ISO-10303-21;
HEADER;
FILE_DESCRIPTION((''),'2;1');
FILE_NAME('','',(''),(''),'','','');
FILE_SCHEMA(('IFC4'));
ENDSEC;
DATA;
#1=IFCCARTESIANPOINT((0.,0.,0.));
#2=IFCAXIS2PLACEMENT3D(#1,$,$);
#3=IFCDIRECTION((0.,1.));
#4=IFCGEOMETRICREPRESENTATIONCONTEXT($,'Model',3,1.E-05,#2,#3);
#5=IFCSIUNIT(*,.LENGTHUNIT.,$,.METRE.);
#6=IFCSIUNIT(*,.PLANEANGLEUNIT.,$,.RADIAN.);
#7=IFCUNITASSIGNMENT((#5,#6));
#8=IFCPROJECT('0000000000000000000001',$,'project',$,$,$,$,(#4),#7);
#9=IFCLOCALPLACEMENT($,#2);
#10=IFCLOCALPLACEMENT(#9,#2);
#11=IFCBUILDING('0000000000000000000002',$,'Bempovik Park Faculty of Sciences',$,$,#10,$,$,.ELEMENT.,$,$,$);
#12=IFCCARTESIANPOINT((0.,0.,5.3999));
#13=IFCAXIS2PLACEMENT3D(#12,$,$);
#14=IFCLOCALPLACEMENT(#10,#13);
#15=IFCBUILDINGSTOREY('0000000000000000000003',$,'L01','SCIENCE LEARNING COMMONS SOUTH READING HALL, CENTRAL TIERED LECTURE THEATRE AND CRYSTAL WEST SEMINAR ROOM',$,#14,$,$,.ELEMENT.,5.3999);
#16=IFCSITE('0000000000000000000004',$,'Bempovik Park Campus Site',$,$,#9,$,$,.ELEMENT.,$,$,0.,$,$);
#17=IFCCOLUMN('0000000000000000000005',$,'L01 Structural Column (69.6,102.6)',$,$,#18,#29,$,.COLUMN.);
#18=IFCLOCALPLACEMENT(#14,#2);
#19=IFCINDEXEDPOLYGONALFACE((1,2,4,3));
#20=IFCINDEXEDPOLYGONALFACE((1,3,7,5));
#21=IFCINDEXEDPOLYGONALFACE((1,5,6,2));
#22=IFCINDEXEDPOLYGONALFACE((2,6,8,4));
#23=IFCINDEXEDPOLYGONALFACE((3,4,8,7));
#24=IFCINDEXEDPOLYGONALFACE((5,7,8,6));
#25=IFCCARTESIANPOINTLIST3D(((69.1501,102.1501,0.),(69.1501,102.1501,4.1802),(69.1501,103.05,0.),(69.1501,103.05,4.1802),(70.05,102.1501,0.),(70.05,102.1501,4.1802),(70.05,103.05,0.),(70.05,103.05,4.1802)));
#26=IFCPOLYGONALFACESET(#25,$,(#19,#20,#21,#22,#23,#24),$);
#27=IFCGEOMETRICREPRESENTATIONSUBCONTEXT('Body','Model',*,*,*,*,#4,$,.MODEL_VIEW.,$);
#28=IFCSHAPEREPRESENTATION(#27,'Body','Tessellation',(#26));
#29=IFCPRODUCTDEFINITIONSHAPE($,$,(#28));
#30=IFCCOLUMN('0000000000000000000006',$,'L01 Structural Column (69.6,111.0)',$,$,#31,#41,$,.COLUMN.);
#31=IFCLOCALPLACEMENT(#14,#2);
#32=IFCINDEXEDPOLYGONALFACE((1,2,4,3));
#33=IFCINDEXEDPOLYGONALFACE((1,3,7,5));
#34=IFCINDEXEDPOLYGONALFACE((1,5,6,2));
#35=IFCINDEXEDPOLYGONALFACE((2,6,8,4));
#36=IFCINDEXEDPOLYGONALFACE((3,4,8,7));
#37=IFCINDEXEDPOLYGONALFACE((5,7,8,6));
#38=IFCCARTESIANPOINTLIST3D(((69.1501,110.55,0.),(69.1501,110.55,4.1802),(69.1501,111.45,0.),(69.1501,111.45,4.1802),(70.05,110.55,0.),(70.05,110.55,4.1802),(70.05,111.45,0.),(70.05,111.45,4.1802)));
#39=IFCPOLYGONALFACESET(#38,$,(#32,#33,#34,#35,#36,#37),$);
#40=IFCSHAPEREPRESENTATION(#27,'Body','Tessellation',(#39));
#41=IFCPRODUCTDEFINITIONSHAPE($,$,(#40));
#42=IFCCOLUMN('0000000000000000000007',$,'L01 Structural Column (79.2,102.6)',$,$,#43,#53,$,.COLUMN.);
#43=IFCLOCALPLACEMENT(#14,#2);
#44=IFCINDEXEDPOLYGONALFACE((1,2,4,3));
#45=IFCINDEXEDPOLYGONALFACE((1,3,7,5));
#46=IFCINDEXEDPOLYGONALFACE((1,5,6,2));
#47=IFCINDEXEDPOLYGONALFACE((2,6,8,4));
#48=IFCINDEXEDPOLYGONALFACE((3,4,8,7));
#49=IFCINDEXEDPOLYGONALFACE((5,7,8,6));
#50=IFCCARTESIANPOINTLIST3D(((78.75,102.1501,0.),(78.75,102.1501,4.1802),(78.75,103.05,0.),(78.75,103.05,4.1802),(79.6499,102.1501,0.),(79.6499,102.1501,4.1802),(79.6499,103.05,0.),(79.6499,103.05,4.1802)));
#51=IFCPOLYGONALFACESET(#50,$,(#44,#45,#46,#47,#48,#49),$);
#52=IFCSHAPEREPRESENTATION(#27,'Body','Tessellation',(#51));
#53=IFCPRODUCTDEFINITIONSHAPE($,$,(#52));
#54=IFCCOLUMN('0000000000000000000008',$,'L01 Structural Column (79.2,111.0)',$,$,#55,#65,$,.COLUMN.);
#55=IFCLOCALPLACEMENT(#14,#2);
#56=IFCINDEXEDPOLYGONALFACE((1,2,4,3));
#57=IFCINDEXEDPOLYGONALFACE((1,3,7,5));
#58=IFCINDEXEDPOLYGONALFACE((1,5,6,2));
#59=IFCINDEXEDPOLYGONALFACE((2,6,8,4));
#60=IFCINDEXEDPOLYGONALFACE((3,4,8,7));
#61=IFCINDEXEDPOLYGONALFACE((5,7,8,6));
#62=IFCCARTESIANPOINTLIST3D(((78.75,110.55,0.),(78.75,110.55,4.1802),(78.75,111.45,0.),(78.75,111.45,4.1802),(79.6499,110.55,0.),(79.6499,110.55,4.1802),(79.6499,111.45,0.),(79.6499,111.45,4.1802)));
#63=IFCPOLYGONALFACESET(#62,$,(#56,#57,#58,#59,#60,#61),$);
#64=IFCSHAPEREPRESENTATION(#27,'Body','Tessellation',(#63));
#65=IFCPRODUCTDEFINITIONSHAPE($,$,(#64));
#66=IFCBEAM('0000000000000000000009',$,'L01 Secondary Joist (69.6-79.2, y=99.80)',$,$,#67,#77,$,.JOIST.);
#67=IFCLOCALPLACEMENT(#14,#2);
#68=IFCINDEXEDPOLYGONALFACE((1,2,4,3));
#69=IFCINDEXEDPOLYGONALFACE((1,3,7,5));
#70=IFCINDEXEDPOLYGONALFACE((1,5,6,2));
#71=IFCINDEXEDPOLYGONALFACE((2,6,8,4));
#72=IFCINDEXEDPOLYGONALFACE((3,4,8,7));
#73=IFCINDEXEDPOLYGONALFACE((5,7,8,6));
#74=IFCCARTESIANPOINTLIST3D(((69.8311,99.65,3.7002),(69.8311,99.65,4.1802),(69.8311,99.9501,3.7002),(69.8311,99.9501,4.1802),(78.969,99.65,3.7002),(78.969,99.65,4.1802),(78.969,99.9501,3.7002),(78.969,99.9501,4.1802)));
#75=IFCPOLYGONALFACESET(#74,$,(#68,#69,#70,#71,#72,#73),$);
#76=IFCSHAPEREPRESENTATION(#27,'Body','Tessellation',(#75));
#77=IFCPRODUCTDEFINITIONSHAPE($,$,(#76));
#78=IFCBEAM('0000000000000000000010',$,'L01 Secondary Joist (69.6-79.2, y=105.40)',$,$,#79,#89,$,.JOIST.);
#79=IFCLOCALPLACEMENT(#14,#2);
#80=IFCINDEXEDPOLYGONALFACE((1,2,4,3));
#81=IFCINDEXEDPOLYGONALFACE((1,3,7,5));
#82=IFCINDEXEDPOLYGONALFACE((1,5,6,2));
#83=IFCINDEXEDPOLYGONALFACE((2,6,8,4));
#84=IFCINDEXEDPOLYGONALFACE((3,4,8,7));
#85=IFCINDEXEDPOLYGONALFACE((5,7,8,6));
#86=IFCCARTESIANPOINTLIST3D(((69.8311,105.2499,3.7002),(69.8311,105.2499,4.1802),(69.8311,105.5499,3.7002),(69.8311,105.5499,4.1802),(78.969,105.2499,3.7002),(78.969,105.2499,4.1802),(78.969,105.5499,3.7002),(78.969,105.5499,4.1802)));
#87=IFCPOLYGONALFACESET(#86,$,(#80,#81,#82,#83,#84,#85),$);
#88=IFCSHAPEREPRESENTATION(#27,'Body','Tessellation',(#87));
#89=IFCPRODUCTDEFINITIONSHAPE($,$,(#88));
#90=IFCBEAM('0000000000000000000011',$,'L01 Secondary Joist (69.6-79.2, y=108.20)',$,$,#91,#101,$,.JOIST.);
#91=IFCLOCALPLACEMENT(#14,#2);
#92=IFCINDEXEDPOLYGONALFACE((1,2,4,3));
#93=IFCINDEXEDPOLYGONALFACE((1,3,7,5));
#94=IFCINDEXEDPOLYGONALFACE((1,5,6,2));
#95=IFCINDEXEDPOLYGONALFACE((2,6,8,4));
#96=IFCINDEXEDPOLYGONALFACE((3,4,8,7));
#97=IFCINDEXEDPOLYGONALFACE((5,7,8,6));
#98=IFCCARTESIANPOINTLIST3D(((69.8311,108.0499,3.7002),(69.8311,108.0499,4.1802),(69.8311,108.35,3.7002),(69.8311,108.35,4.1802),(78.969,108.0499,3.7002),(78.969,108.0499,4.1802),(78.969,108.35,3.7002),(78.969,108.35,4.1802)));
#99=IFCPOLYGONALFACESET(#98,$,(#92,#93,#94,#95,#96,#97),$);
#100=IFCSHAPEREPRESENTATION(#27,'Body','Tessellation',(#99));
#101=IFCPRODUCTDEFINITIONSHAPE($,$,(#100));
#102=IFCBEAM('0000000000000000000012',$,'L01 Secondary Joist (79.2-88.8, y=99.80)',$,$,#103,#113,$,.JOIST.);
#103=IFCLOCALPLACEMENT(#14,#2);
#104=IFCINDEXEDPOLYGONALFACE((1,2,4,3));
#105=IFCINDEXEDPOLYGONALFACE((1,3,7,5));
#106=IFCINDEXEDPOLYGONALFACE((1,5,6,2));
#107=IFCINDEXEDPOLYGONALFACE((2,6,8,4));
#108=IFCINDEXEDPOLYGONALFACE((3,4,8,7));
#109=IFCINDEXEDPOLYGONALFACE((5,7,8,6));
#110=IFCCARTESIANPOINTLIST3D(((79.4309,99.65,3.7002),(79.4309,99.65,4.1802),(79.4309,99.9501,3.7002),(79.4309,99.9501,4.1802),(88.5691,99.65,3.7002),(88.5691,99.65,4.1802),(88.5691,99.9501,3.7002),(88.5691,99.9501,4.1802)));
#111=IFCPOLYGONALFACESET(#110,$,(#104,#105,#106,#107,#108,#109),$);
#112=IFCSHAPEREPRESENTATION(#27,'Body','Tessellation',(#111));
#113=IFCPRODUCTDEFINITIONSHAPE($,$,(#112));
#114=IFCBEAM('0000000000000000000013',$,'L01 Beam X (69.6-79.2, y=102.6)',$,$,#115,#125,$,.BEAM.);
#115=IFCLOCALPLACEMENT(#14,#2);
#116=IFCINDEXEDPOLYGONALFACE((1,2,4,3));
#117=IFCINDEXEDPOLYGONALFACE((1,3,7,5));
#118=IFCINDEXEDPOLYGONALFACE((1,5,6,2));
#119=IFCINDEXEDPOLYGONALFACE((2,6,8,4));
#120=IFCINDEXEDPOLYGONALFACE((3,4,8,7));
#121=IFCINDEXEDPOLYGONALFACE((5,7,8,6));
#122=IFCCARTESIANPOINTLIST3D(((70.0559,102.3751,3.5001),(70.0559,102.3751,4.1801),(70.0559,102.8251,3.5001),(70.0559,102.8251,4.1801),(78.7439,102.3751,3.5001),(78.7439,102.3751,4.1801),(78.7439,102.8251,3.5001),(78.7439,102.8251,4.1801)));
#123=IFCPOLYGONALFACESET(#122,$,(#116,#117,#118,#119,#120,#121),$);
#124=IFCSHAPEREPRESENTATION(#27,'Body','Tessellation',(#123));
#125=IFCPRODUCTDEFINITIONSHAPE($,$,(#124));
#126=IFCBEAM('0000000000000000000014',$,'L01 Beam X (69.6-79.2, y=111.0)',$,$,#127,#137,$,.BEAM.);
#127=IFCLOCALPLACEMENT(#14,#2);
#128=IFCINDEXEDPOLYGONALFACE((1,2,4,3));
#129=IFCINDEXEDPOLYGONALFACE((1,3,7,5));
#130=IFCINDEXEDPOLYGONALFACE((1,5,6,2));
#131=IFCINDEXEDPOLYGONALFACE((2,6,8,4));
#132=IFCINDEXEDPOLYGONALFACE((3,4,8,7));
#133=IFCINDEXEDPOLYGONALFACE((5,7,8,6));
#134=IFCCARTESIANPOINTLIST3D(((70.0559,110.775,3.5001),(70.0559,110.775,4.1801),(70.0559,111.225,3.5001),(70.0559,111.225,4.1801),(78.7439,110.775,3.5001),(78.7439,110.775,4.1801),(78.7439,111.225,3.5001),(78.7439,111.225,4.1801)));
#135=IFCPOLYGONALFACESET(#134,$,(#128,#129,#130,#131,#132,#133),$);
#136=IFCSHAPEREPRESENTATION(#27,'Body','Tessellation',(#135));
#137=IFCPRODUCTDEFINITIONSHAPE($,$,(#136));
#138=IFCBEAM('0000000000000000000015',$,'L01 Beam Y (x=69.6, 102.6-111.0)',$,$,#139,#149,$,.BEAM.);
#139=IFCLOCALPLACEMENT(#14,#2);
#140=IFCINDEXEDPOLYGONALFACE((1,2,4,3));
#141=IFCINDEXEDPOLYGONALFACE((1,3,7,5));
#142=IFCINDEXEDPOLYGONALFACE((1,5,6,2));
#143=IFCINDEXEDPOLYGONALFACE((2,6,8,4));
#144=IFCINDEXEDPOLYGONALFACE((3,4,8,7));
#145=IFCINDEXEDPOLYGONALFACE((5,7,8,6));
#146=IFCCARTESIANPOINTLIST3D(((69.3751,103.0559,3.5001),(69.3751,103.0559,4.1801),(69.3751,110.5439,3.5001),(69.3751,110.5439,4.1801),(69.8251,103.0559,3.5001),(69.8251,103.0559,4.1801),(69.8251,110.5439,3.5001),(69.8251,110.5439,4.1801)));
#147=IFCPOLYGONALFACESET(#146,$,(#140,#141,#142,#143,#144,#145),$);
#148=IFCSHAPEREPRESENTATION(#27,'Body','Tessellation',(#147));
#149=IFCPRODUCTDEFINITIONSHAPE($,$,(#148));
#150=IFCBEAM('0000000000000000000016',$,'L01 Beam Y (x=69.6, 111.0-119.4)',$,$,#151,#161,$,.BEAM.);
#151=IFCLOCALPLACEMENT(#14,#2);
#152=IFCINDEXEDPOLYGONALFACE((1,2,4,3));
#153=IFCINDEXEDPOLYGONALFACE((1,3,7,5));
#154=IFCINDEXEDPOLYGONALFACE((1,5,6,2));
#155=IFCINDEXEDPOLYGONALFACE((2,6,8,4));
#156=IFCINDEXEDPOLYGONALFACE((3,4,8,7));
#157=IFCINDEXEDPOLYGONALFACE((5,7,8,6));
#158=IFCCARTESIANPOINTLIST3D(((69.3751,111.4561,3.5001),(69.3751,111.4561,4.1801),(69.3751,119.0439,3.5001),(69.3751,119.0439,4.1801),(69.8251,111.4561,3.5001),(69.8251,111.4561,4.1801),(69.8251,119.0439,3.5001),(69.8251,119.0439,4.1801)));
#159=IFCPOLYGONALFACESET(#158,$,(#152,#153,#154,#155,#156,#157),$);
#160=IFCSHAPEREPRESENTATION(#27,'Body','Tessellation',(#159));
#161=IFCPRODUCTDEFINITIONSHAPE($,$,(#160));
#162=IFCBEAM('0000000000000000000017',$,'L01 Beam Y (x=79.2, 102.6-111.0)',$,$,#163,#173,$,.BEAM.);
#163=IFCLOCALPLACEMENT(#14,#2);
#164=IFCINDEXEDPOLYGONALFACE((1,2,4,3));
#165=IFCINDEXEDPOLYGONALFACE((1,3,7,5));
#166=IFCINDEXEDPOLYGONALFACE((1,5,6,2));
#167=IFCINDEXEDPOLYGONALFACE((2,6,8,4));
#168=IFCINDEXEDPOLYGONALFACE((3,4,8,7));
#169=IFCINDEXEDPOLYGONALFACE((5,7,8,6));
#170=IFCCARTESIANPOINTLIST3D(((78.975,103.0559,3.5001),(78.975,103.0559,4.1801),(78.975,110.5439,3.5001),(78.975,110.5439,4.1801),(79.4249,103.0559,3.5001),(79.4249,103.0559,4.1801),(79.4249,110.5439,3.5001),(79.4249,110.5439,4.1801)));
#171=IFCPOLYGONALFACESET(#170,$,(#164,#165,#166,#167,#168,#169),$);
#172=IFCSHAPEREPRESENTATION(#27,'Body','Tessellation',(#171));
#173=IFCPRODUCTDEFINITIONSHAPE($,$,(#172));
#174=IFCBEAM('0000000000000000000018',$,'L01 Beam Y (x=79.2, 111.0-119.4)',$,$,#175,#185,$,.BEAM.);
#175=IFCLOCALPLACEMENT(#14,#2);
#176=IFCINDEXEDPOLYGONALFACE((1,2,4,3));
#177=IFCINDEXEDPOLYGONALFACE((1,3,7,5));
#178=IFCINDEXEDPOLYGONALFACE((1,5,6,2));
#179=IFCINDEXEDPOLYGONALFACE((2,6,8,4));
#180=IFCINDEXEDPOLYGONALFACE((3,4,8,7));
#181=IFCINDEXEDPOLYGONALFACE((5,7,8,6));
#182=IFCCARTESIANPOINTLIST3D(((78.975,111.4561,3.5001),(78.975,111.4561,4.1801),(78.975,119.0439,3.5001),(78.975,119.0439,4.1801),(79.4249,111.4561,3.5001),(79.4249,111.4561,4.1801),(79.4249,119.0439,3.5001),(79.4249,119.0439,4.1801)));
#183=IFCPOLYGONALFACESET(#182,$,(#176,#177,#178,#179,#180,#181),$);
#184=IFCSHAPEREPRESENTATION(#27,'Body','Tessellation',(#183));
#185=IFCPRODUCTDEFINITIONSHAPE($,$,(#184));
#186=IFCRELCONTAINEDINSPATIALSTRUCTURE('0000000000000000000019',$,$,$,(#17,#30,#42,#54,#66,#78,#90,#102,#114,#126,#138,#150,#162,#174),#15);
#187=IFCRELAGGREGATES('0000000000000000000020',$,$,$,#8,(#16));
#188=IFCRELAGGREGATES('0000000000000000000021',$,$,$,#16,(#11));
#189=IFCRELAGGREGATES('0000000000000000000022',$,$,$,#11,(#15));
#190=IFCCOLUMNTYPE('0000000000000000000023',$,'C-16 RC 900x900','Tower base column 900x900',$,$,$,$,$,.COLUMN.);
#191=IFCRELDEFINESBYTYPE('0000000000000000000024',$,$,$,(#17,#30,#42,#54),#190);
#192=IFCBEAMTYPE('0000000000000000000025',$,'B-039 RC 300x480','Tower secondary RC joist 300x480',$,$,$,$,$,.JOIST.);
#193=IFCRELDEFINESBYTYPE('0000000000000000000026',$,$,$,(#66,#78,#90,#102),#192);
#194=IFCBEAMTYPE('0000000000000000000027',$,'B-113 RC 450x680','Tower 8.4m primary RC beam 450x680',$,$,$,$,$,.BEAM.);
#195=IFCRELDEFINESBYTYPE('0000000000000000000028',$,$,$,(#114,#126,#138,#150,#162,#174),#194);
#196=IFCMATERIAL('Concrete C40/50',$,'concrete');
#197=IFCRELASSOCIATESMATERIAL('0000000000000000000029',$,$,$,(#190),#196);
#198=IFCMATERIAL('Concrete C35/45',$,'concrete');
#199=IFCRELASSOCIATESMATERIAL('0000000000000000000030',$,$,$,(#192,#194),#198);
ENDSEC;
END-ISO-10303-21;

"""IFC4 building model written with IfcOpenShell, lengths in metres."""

from ifc_helpers import new_model, si_unit, direction, frame, origin, origin_2d, place, context, subcontext, project, spatial, rectangle, extrude, material, material_profile, profile_set, type_object, element, save


model = new_model("IFC4")

# Units and contexts
model_context = context("Model", 3, precision=1e-05, world=origin(), true_north=direction((0.0, 1.0)))
body_context = subcontext(model_context, "Body", "Model", "MODEL_VIEW")
ifc_project = project(units=[si_unit("LENGTHUNIT", "METRE"), si_unit("PLANEANGLEUNIT", "RADIAN")], contexts=[model_context])

# Site, building, storey
site_placement = place(None, origin())
site = spatial("IfcSite", under=ifc_project, at=site_placement, Name="Bempovik Park Campus Site", CompositionType="ELEMENT", RefElevation=0.0)
building_placement = place(site_placement, origin())
building = spatial("IfcBuilding", under=site, at=building_placement, Name="Bempovik Park Faculty of Sciences", CompositionType="ELEMENT")
storey_placement = place(building_placement, frame((0.0, 0.0, 5.3999)))
storey = spatial("IfcBuildingStorey", under=building, at=storey_placement, Name="L01", Description="SCIENCE LEARNING COMMONS SOUTH READING HALL, CENTRAL TIERED LECTURE THEATRE AND CRYSTAL WEST SEMINAR ROOM", CompositionType="ELEMENT", Elevation=5.3999)

# Columns
ifc_material_1 = material(Name="Concrete C40/50", Category="concrete")
ifc_material_profile_1 = material_profile(ifc_material_1, rectangle(XDim=0.8999, YDim=0.8999, at=origin_2d()), Name="RC 900x900")
ifc_profile_set_1 = profile_set([ifc_material_profile_1], Name="Concrete C40/50")
column_type = type_object("IfcColumnType", Name="C-16 RC 900x900", Description="Tower base column 900x900", PredefinedType="COLUMN", material=ifc_profile_set_1)
for number, where, z_axis, x_axis, name in (
    (1, (69.6001, 102.6001, 0.0), (0.0, 0.0, 1.0), (1.0, 0.0, 0.0), "L01 Structural Column (69.6,102.6)"),
    (2, (69.6001, 111.0, 0.0), (0.0, 0.0, 1.0), (1.0, 0.0, 0.0), "L01 Structural Column (69.6,111.0)"),
    (3, (79.2, 102.6001, 0.0), (0.0, 0.0, 1.0), (1.0, 0.0, 0.0), "L01 Structural Column (79.2,102.6)"),
    (4, (79.2, 111.0, 0.0), (0.0, 0.0, 1.0), (1.0, 0.0, 0.0), "L01 Structural Column (79.2,111.0)"),
):
    element("IfcColumn", number, at=place(storey_placement, frame(where, z_axis=z_axis, x_axis=x_axis)), inside=storey, type_object=column_type, Name=name, PredefinedType="COLUMN", context=body_context, shape_type="SweptSolid", body=[
        extrude(rectangle(XDim=0.8999, YDim=0.8999, at=origin_2d()), origin(), (0.0, 0.0, 1.0), 4.1802),
    ])

# Beams
ifc_material_2 = material(Name="Concrete C35/45", Category="concrete")
ifc_material_profile_2 = material_profile(ifc_material_2, rectangle(XDim=0.3, YDim=0.48, at=origin_2d()), Name="RC 300x480")
ifc_profile_set_2 = profile_set([ifc_material_profile_2], Name="Concrete C35/45")
beam_type_1 = type_object("IfcBeamType", Name="B-039 RC 300x480", Description="Tower secondary RC joist 300x480", PredefinedType="JOIST", material=ifc_profile_set_2)
for number, where, z_axis, x_axis, name in (
    (5, (69.8311, 99.8, 3.9402), (1.0, 0.0, 0.0), (0.0, 1.0, 0.0), "L01 Secondary Joist (69.6-79.2, y=99.80)"),
    (6, (69.8311, 105.3999, 3.9402), (1.0, 0.0, 0.0), (0.0, 1.0, 0.0), "L01 Secondary Joist (69.6-79.2, y=105.40)"),
    (7, (69.8311, 108.2, 3.9402), (1.0, 0.0, 0.0), (0.0, 1.0, 0.0), "L01 Secondary Joist (69.6-79.2, y=108.20)"),
):
    element("IfcBeam", number, at=place(storey_placement, frame(where, z_axis=z_axis, x_axis=x_axis)), inside=storey, type_object=beam_type_1, Name=name, PredefinedType="JOIST", context=body_context, shape_type="SweptSolid", body=[
        extrude(rectangle(XDim=0.3, YDim=0.48, at=origin_2d()), origin(), (0.0, 0.0, 1.0), 9.1379),
    ])
beam_1_placement = place(storey_placement, frame((79.4309, 99.8, 3.9402), z_axis=(1.0, 0.0, 0.0), x_axis=(0.0, 1.0, 0.0)))
element("IfcBeam", 8, at=beam_1_placement, inside=storey, type_object=beam_type_1, Name="L01 Secondary Joist (79.2-88.8, y=99.80)", PredefinedType="JOIST", context=body_context, shape_type="SweptSolid", body=[
    extrude(rectangle(XDim=0.3, YDim=0.48, at=origin_2d()), origin(), (0.0, 0.0, 1.0), 9.1382),
])
ifc_material_profile_3 = material_profile(ifc_material_2, rectangle(XDim=0.45, YDim=0.6799, at=origin_2d()), Name="RC 450x680")
ifc_profile_set_3 = profile_set([ifc_material_profile_3], Name="Concrete C35/45")
beam_type_2 = type_object("IfcBeamType", Name="B-113 RC 450x680", Description="Tower 8.4m primary RC beam 450x680", PredefinedType="BEAM", material=ifc_profile_set_3)
for number, where, z_axis, x_axis, name in (
    (9, (70.0559, 102.6001, 3.8401), (1.0, 0.0, 0.0), (0.0, 1.0, 0.0), "L01 Beam X (69.6-79.2, y=102.6)"),
    (10, (70.0559, 111.0, 3.8401), (1.0, 0.0, 0.0), (0.0, 1.0, 0.0), "L01 Beam X (69.6-79.2, y=111.0)"),
):
    element("IfcBeam", number, at=place(storey_placement, frame(where, z_axis=z_axis, x_axis=x_axis)), inside=storey, type_object=beam_type_2, Name=name, PredefinedType="BEAM", context=body_context, shape_type="SweptSolid", body=[
        extrude(rectangle(XDim=0.45, YDim=0.6799, at=origin_2d()), origin(), (0.0, 0.0, 1.0), 8.688),
    ])
beam_2_placement = place(storey_placement, frame((69.6001, 103.0559, 3.8401), z_axis=(0.0, 1.0, 0.0), x_axis=(-1.0, 0.0, 0.0)))
element("IfcBeam", 11, at=beam_2_placement, inside=storey, type_object=beam_type_2, Name="L01 Beam Y (x=69.6, 102.6-111.0)", PredefinedType="BEAM", context=body_context, shape_type="SweptSolid", body=[
    extrude(rectangle(XDim=0.45, YDim=0.6799, at=origin_2d()), origin(), (0.0, 0.0, 1.0), 7.488),
])
beam_3_placement = place(storey_placement, frame((69.6001, 111.4561, 3.8401), z_axis=(0.0, 1.0, 0.0), x_axis=(-1.0, 0.0, 0.0)))
element("IfcBeam", 12, at=beam_3_placement, inside=storey, type_object=beam_type_2, Name="L01 Beam Y (x=69.6, 111.0-119.4)", PredefinedType="BEAM", context=body_context, shape_type="SweptSolid", body=[
    extrude(rectangle(XDim=0.45, YDim=0.6799, at=origin_2d()), origin(), (0.0, 0.0, 1.0), 7.5879),
])
beam_4_placement = place(storey_placement, frame((79.2, 103.0559, 3.8401), z_axis=(0.0, 1.0, 0.0), x_axis=(-1.0, 0.0, 0.0)))
element("IfcBeam", 13, at=beam_4_placement, inside=storey, type_object=beam_type_2, Name="L01 Beam Y (x=79.2, 102.6-111.0)", PredefinedType="BEAM", context=body_context, shape_type="SweptSolid", body=[
    extrude(rectangle(XDim=0.45, YDim=0.6799, at=origin_2d()), origin(), (0.0, 0.0, 1.0), 7.488),
])
beam_5_placement = place(storey_placement, frame((79.2, 111.4561, 3.8401), z_axis=(0.0, 1.0, 0.0), x_axis=(-1.0, 0.0, 0.0)))
element("IfcBeam", 14, at=beam_5_placement, inside=storey, type_object=beam_type_2, Name="L01 Beam Y (x=79.2, 111.0-119.4)", PredefinedType="BEAM", context=body_context, shape_type="SweptSolid", body=[
    extrude(rectangle(XDim=0.45, YDim=0.6799, at=origin_2d()), origin(), (0.0, 0.0, 1.0), 7.5879),
])

save(model, "model.ifc")
